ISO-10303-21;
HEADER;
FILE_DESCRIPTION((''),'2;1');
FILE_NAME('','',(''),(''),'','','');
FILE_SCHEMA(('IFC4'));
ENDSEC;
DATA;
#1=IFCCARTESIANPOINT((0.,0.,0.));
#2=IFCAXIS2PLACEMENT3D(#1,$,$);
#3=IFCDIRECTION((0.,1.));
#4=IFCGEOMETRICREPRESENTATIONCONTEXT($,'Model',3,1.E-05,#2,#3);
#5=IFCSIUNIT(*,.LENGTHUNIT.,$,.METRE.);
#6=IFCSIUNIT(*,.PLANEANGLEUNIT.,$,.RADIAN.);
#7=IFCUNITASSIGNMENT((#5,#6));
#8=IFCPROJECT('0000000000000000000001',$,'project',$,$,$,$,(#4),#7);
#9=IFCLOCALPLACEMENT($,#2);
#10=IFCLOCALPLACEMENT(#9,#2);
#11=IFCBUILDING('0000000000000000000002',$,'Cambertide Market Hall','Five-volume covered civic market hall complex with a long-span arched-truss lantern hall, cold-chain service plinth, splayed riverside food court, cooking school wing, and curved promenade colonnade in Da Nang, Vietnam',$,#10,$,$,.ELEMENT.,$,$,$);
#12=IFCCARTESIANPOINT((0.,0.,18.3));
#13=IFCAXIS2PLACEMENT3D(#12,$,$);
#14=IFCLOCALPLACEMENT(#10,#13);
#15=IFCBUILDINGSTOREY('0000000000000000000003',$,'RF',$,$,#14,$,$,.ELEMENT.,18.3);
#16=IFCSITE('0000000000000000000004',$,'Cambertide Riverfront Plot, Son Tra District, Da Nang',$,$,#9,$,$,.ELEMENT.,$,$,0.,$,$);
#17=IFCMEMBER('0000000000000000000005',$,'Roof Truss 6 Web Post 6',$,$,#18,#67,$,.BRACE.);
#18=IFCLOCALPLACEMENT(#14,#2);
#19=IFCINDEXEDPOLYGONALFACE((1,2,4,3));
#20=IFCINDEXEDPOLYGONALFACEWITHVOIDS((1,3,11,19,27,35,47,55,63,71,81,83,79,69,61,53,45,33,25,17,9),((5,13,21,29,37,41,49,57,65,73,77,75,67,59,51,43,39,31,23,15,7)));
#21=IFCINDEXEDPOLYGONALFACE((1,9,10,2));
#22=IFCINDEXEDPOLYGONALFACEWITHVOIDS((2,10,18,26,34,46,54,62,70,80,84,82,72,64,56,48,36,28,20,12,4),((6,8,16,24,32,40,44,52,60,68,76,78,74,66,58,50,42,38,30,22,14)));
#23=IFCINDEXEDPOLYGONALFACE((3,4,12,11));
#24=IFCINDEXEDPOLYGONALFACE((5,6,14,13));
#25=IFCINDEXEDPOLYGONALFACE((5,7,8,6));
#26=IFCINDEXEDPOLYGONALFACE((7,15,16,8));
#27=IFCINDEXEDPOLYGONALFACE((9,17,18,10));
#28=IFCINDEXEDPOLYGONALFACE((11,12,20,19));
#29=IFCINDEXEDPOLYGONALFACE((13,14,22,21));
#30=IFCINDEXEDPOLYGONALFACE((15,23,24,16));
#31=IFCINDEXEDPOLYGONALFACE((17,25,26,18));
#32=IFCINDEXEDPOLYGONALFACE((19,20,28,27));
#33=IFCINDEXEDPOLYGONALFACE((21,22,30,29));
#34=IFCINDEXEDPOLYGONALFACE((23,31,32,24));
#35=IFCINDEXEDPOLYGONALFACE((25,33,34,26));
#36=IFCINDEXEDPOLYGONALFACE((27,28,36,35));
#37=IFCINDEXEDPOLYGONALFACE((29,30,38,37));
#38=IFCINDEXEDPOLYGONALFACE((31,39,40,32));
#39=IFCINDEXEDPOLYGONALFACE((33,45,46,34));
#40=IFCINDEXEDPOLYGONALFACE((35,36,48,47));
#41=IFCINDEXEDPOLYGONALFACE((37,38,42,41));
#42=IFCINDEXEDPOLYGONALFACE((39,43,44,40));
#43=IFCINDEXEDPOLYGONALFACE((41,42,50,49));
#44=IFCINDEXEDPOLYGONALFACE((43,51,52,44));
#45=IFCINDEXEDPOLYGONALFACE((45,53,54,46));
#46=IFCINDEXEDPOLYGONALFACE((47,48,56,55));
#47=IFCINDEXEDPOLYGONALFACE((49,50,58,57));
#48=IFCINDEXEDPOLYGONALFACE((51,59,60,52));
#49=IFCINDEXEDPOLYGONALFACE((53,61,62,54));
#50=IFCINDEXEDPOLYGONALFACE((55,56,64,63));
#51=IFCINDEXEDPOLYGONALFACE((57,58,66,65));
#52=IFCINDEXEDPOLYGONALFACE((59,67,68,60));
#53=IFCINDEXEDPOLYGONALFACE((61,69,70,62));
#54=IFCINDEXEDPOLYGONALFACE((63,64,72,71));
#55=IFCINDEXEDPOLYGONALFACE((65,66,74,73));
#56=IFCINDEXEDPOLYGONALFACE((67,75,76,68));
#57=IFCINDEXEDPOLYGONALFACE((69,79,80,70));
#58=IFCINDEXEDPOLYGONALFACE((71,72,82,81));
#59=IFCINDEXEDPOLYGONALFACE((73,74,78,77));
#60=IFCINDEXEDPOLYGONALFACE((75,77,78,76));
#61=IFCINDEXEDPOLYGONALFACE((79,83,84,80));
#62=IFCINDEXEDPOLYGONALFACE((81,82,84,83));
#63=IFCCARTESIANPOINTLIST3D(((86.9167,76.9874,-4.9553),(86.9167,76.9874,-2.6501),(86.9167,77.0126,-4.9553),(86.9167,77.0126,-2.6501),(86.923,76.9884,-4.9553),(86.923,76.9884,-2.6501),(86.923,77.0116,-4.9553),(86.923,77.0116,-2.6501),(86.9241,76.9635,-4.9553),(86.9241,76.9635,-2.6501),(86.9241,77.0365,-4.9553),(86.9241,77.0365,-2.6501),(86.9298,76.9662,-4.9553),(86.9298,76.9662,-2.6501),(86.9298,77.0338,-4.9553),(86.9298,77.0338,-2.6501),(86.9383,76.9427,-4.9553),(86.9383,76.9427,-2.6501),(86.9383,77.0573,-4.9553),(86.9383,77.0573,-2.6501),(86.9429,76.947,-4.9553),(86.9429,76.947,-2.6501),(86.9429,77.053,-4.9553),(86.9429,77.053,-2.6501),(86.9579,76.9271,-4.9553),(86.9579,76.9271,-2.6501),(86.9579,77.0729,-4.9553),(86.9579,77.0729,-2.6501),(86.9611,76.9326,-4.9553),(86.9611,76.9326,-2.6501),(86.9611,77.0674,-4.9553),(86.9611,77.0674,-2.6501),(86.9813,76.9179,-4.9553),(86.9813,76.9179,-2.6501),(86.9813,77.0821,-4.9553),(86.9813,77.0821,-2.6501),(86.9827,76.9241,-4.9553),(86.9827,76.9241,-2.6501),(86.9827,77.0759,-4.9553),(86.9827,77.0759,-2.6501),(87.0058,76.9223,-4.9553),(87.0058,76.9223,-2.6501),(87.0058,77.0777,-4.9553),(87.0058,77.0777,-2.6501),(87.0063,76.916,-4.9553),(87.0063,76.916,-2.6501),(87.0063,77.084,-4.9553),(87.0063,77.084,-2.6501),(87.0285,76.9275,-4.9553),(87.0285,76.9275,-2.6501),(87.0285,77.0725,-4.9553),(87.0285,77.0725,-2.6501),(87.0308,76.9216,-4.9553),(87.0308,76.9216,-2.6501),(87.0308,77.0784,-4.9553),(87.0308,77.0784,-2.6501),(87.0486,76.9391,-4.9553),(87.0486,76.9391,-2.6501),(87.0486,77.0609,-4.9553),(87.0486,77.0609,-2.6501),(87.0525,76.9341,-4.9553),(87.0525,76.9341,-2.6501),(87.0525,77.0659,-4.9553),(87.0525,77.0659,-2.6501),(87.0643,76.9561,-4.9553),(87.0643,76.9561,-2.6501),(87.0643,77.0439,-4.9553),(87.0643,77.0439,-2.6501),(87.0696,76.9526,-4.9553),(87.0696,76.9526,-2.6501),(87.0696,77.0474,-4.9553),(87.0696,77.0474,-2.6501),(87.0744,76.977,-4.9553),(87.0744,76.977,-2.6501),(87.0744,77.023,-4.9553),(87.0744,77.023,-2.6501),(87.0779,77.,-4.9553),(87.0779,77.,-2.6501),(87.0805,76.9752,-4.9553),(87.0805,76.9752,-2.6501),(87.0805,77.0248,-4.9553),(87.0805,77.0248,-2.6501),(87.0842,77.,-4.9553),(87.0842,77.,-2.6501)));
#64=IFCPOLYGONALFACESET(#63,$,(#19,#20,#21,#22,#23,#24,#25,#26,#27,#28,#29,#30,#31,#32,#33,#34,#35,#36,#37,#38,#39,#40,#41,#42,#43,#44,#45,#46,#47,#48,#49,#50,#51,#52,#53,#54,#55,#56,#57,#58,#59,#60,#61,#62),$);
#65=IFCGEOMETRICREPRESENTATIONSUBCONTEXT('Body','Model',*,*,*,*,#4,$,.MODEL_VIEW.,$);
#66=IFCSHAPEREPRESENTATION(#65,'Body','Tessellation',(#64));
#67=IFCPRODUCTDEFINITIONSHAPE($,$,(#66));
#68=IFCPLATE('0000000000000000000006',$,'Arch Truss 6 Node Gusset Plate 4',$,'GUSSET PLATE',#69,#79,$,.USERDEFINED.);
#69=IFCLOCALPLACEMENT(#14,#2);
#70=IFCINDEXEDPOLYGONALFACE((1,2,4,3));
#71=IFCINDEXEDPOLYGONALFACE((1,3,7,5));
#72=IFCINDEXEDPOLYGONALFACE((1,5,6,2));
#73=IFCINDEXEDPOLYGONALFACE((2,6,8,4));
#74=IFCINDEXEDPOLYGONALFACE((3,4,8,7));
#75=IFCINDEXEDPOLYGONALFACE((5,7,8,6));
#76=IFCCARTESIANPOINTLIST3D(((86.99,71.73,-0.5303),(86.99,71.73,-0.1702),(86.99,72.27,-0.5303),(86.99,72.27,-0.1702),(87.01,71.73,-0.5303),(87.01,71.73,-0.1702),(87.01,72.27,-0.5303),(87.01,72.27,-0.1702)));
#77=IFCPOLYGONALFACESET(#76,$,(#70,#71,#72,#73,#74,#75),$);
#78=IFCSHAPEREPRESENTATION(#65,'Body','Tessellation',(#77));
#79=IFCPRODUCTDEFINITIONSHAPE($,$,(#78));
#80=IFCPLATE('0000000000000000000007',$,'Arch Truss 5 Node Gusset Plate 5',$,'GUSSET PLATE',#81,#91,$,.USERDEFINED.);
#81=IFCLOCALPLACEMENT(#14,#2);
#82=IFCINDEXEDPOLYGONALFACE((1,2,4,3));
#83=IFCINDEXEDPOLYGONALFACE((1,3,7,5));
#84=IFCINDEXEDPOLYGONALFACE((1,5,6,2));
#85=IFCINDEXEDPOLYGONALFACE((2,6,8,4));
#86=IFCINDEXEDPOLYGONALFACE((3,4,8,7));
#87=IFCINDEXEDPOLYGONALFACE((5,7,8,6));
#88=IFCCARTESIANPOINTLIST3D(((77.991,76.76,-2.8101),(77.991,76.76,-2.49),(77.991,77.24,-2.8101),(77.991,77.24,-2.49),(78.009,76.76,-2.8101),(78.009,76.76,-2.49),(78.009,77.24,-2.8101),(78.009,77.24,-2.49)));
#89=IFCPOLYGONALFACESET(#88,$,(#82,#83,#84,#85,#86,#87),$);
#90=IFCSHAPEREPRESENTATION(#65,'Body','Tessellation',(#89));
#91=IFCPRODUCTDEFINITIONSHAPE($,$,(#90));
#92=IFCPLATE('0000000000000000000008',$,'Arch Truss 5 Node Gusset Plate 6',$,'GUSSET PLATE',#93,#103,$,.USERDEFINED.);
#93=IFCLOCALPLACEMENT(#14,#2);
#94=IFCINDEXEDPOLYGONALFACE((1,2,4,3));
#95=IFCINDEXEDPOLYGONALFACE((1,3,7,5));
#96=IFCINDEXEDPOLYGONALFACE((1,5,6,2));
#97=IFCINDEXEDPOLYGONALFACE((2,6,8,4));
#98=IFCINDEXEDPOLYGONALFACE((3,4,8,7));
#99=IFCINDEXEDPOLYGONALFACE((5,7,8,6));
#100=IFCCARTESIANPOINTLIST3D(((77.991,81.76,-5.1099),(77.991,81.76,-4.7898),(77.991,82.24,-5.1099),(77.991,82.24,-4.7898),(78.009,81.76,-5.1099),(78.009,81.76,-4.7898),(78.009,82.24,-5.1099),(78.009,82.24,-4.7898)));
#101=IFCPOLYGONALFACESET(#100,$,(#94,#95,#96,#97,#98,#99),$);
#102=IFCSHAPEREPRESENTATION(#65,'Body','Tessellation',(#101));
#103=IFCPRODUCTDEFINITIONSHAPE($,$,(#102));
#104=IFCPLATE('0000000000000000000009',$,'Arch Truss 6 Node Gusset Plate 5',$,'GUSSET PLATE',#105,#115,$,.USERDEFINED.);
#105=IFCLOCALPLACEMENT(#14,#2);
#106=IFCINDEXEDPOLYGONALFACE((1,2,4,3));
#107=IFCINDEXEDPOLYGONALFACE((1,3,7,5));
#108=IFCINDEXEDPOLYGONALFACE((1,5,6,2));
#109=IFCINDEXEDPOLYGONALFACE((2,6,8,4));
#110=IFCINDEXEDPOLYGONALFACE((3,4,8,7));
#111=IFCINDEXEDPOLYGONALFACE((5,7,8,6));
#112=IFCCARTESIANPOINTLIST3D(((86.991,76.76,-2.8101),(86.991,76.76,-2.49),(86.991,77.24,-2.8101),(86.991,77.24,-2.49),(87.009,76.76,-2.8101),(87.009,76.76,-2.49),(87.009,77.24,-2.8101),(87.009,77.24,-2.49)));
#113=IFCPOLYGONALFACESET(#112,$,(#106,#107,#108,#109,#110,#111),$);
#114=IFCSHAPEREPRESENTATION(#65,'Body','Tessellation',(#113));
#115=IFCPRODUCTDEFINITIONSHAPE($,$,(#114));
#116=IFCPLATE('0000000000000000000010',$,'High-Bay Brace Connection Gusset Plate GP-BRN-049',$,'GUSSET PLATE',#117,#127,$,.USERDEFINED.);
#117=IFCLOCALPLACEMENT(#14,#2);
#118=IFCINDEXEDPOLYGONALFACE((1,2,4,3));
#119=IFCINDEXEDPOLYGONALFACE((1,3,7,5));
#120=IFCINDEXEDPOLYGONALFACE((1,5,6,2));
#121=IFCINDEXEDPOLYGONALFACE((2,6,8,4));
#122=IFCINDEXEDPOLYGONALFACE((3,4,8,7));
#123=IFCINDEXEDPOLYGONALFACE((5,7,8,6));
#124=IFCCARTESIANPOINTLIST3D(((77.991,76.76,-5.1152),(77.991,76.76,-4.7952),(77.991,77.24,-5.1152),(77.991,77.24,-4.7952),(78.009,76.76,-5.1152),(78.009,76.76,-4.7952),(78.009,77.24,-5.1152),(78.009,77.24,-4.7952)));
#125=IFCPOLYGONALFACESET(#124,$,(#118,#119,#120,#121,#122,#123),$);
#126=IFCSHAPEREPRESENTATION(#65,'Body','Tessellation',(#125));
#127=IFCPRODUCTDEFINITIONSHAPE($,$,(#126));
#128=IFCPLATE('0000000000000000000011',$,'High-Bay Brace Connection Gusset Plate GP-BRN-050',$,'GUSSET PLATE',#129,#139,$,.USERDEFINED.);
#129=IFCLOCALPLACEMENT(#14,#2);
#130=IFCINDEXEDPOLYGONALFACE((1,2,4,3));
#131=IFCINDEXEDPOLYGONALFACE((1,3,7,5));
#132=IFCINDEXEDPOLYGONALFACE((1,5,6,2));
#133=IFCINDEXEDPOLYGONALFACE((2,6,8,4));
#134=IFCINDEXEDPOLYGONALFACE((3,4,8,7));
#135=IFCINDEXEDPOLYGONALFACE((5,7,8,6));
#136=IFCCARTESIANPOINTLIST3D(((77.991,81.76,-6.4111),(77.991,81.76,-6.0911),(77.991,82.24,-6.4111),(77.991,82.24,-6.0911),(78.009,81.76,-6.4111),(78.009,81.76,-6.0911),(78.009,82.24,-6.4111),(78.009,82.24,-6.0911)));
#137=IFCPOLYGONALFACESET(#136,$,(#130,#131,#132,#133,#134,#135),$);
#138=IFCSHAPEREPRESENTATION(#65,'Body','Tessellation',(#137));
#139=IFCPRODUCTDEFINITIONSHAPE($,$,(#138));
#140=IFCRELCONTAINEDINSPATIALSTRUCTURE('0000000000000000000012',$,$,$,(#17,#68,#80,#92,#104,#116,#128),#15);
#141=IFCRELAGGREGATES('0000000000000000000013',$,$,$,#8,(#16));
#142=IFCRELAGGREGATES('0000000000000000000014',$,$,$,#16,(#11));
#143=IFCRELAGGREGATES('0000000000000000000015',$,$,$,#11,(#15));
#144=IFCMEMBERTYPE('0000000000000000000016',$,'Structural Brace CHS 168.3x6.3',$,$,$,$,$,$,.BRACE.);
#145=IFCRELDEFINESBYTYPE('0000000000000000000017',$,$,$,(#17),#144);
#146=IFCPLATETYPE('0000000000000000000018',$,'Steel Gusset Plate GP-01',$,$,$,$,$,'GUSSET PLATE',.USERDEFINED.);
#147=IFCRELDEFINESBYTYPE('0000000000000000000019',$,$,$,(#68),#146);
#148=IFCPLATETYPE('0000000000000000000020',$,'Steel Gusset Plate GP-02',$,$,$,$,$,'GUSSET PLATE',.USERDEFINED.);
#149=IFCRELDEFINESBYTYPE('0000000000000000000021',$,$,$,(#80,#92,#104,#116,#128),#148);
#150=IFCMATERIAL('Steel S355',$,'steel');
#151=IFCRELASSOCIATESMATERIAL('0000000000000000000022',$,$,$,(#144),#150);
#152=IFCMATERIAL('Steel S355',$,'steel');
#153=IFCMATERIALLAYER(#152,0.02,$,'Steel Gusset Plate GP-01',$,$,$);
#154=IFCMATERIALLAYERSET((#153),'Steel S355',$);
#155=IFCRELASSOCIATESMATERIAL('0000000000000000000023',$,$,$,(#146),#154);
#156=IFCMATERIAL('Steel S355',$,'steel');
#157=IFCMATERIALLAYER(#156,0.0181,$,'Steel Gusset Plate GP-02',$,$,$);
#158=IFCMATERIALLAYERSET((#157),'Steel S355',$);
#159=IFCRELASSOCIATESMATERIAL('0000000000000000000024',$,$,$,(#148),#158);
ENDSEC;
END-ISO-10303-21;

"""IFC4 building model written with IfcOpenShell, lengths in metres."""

from ifc_helpers import new_model, si_unit, direction, frame, origin, origin_2d, place, context, subcontext, project, spatial, rectangle, hollow_circle, extrude, material, layer, layer_set, material_profile, profile_set, type_object, element, save


model = new_model("IFC4")

# Units and contexts
model_context = context("Model", 3, precision=1e-05, world=origin(), true_north=direction((0.0, 1.0)))
body_context = subcontext(model_context, "Body", "Model", "MODEL_VIEW")
ifc_project = project(units=[si_unit("LENGTHUNIT", "METRE"), si_unit("PLANEANGLEUNIT", "RADIAN")], contexts=[model_context])

# Site, building, storey
site_placement = place(None, origin())
site = spatial("IfcSite", under=ifc_project, at=site_placement, Name="Cambertide Riverfront Plot, Son Tra District, Da Nang", CompositionType="ELEMENT", RefElevation=0.0)
building_placement = place(site_placement, origin())
building = spatial("IfcBuilding", under=site, at=building_placement, Name="Cambertide Market Hall", Description="Five-volume covered civic market hall complex with a long-span arched-truss lantern hall, cold-chain service plinth, splayed riverside food court, cooking school wing, and curved promenade colonnade in Da Nang, Vietnam", CompositionType="ELEMENT")
storey_placement = place(building_placement, frame((0.0, 0.0, 18.3)))
storey = spatial("IfcBuildingStorey", under=building, at=storey_placement, Name="RF", CompositionType="ELEMENT", Elevation=18.3)

# Member
ifc_material_1 = material(Name="Steel S355", Category="steel")
ifc_material_profile_1 = material_profile(ifc_material_1, hollow_circle(Radius=0.0842, WallThickness=0.0063, at=origin_2d()), Name="CHS 168.3x6.3")
ifc_profile_set_1 = profile_set([ifc_material_profile_1], Name="Steel S355")
member_type_1 = type_object("IfcMemberType", Name="Structural Brace CHS 168.3x6.3", PredefinedType="BRACE", material=ifc_profile_set_1)
member_1_placement = place(storey_placement, frame((87.0, 77.0, -4.9553), z_axis=(0.0, 0.0, 1.0), x_axis=(1.0, 0.0, 0.0)))
element("IfcMember", 1, at=member_1_placement, inside=storey, type_object=member_type_1, Name="Roof Truss 6 Web Post 6", PredefinedType="BRACE", context=body_context, shape_type="SweptSolid", body=[
    extrude(hollow_circle(Radius=0.0842, WallThickness=0.0063, at=origin_2d()), origin(), (0.0, 0.0, 1.0), 2.3052),
])

# Plates
ifc_material_2 = material(Name="Steel S355", Category="steel")
ifc_layer_1 = layer(ifc_material_2, 0.02, Name="Steel Gusset Plate GP-01")
ifc_layer_set_1 = layer_set([ifc_layer_1], Name="Steel S355")
plate_type_1 = type_object("IfcPlateType", Name="Steel Gusset Plate GP-01", ElementType="GUSSET PLATE", PredefinedType="USERDEFINED", material=ifc_layer_set_1)
plate_placement = place(storey_placement, frame((87.0, 72.0, -0.5303), z_axis=(0.0, 0.0, 1.0), x_axis=(1.0, 0.0, 0.0)))
element("IfcPlate", 2, at=plate_placement, inside=storey, type_object=plate_type_1, Name="Arch Truss 6 Node Gusset Plate 4", ObjectType="GUSSET PLATE", PredefinedType="USERDEFINED", context=body_context, shape_type="SweptSolid", body=[
    extrude(rectangle(XDim=0.02, YDim=0.54, at=origin_2d()), origin(), (0.0, 0.0, 1.0), 0.3601),
])
ifc_material_3 = material(Name="Steel S355", Category="steel")
ifc_layer_2 = layer(ifc_material_3, 0.0181, Name="Steel Gusset Plate GP-02")
ifc_layer_set_2 = layer_set([ifc_layer_2], Name="Steel S355")
plate_type_2 = type_object("IfcPlateType", Name="Steel Gusset Plate GP-02", ElementType="GUSSET PLATE", PredefinedType="USERDEFINED", material=ifc_layer_set_2)
for number, where, z_axis, x_axis, name in (
    (3, (78.0, 77.0, -2.8101), (0.0, 0.0, 1.0), (1.0, 0.0, 0.0), "Arch Truss 5 Node Gusset Plate 5"),
    (4, (78.0, 82.0, -5.1099), (0.0, 0.0, 1.0), (1.0, 0.0, 0.0), "Arch Truss 5 Node Gusset Plate 6"),
    (5, (87.0, 77.0, -2.8101), (0.0, 0.0, 1.0), (1.0, 0.0, 0.0), "Arch Truss 6 Node Gusset Plate 5"),
):
    element("IfcPlate", number, at=place(storey_placement, frame(where, z_axis=z_axis, x_axis=x_axis)), inside=storey, type_object=plate_type_2, Name=name, ObjectType="GUSSET PLATE", PredefinedType="USERDEFINED", context=body_context, shape_type="SweptSolid", body=[
        extrude(rectangle(XDim=0.0181, YDim=0.48, at=origin_2d()), origin(), (0.0, 0.0, 1.0), 0.3201),
    ])
for number, where, z_axis, x_axis, name in (
    (6, (78.0, 77.0, -5.1152), (0.0, 0.0, 1.0), (0.0, 1.0, 0.0), "High-Bay Brace Connection Gusset Plate GP-BRN-049"),
    (7, (78.0, 82.0, -6.4111), (0.0, 0.0, 1.0), (0.0, 1.0, 0.0), "High-Bay Brace Connection Gusset Plate GP-BRN-050"),
):
    element("IfcPlate", number, at=place(storey_placement, frame(where, z_axis=z_axis, x_axis=x_axis)), inside=storey, type_object=plate_type_2, Name=name, ObjectType="GUSSET PLATE", PredefinedType="USERDEFINED", context=body_context, shape_type="SweptSolid", body=[
        extrude(rectangle(XDim=0.48, YDim=0.0181, at=origin_2d()), origin(), (0.0, 0.0, 1.0), 0.3201),
    ])

save(model, "model.ifc")
